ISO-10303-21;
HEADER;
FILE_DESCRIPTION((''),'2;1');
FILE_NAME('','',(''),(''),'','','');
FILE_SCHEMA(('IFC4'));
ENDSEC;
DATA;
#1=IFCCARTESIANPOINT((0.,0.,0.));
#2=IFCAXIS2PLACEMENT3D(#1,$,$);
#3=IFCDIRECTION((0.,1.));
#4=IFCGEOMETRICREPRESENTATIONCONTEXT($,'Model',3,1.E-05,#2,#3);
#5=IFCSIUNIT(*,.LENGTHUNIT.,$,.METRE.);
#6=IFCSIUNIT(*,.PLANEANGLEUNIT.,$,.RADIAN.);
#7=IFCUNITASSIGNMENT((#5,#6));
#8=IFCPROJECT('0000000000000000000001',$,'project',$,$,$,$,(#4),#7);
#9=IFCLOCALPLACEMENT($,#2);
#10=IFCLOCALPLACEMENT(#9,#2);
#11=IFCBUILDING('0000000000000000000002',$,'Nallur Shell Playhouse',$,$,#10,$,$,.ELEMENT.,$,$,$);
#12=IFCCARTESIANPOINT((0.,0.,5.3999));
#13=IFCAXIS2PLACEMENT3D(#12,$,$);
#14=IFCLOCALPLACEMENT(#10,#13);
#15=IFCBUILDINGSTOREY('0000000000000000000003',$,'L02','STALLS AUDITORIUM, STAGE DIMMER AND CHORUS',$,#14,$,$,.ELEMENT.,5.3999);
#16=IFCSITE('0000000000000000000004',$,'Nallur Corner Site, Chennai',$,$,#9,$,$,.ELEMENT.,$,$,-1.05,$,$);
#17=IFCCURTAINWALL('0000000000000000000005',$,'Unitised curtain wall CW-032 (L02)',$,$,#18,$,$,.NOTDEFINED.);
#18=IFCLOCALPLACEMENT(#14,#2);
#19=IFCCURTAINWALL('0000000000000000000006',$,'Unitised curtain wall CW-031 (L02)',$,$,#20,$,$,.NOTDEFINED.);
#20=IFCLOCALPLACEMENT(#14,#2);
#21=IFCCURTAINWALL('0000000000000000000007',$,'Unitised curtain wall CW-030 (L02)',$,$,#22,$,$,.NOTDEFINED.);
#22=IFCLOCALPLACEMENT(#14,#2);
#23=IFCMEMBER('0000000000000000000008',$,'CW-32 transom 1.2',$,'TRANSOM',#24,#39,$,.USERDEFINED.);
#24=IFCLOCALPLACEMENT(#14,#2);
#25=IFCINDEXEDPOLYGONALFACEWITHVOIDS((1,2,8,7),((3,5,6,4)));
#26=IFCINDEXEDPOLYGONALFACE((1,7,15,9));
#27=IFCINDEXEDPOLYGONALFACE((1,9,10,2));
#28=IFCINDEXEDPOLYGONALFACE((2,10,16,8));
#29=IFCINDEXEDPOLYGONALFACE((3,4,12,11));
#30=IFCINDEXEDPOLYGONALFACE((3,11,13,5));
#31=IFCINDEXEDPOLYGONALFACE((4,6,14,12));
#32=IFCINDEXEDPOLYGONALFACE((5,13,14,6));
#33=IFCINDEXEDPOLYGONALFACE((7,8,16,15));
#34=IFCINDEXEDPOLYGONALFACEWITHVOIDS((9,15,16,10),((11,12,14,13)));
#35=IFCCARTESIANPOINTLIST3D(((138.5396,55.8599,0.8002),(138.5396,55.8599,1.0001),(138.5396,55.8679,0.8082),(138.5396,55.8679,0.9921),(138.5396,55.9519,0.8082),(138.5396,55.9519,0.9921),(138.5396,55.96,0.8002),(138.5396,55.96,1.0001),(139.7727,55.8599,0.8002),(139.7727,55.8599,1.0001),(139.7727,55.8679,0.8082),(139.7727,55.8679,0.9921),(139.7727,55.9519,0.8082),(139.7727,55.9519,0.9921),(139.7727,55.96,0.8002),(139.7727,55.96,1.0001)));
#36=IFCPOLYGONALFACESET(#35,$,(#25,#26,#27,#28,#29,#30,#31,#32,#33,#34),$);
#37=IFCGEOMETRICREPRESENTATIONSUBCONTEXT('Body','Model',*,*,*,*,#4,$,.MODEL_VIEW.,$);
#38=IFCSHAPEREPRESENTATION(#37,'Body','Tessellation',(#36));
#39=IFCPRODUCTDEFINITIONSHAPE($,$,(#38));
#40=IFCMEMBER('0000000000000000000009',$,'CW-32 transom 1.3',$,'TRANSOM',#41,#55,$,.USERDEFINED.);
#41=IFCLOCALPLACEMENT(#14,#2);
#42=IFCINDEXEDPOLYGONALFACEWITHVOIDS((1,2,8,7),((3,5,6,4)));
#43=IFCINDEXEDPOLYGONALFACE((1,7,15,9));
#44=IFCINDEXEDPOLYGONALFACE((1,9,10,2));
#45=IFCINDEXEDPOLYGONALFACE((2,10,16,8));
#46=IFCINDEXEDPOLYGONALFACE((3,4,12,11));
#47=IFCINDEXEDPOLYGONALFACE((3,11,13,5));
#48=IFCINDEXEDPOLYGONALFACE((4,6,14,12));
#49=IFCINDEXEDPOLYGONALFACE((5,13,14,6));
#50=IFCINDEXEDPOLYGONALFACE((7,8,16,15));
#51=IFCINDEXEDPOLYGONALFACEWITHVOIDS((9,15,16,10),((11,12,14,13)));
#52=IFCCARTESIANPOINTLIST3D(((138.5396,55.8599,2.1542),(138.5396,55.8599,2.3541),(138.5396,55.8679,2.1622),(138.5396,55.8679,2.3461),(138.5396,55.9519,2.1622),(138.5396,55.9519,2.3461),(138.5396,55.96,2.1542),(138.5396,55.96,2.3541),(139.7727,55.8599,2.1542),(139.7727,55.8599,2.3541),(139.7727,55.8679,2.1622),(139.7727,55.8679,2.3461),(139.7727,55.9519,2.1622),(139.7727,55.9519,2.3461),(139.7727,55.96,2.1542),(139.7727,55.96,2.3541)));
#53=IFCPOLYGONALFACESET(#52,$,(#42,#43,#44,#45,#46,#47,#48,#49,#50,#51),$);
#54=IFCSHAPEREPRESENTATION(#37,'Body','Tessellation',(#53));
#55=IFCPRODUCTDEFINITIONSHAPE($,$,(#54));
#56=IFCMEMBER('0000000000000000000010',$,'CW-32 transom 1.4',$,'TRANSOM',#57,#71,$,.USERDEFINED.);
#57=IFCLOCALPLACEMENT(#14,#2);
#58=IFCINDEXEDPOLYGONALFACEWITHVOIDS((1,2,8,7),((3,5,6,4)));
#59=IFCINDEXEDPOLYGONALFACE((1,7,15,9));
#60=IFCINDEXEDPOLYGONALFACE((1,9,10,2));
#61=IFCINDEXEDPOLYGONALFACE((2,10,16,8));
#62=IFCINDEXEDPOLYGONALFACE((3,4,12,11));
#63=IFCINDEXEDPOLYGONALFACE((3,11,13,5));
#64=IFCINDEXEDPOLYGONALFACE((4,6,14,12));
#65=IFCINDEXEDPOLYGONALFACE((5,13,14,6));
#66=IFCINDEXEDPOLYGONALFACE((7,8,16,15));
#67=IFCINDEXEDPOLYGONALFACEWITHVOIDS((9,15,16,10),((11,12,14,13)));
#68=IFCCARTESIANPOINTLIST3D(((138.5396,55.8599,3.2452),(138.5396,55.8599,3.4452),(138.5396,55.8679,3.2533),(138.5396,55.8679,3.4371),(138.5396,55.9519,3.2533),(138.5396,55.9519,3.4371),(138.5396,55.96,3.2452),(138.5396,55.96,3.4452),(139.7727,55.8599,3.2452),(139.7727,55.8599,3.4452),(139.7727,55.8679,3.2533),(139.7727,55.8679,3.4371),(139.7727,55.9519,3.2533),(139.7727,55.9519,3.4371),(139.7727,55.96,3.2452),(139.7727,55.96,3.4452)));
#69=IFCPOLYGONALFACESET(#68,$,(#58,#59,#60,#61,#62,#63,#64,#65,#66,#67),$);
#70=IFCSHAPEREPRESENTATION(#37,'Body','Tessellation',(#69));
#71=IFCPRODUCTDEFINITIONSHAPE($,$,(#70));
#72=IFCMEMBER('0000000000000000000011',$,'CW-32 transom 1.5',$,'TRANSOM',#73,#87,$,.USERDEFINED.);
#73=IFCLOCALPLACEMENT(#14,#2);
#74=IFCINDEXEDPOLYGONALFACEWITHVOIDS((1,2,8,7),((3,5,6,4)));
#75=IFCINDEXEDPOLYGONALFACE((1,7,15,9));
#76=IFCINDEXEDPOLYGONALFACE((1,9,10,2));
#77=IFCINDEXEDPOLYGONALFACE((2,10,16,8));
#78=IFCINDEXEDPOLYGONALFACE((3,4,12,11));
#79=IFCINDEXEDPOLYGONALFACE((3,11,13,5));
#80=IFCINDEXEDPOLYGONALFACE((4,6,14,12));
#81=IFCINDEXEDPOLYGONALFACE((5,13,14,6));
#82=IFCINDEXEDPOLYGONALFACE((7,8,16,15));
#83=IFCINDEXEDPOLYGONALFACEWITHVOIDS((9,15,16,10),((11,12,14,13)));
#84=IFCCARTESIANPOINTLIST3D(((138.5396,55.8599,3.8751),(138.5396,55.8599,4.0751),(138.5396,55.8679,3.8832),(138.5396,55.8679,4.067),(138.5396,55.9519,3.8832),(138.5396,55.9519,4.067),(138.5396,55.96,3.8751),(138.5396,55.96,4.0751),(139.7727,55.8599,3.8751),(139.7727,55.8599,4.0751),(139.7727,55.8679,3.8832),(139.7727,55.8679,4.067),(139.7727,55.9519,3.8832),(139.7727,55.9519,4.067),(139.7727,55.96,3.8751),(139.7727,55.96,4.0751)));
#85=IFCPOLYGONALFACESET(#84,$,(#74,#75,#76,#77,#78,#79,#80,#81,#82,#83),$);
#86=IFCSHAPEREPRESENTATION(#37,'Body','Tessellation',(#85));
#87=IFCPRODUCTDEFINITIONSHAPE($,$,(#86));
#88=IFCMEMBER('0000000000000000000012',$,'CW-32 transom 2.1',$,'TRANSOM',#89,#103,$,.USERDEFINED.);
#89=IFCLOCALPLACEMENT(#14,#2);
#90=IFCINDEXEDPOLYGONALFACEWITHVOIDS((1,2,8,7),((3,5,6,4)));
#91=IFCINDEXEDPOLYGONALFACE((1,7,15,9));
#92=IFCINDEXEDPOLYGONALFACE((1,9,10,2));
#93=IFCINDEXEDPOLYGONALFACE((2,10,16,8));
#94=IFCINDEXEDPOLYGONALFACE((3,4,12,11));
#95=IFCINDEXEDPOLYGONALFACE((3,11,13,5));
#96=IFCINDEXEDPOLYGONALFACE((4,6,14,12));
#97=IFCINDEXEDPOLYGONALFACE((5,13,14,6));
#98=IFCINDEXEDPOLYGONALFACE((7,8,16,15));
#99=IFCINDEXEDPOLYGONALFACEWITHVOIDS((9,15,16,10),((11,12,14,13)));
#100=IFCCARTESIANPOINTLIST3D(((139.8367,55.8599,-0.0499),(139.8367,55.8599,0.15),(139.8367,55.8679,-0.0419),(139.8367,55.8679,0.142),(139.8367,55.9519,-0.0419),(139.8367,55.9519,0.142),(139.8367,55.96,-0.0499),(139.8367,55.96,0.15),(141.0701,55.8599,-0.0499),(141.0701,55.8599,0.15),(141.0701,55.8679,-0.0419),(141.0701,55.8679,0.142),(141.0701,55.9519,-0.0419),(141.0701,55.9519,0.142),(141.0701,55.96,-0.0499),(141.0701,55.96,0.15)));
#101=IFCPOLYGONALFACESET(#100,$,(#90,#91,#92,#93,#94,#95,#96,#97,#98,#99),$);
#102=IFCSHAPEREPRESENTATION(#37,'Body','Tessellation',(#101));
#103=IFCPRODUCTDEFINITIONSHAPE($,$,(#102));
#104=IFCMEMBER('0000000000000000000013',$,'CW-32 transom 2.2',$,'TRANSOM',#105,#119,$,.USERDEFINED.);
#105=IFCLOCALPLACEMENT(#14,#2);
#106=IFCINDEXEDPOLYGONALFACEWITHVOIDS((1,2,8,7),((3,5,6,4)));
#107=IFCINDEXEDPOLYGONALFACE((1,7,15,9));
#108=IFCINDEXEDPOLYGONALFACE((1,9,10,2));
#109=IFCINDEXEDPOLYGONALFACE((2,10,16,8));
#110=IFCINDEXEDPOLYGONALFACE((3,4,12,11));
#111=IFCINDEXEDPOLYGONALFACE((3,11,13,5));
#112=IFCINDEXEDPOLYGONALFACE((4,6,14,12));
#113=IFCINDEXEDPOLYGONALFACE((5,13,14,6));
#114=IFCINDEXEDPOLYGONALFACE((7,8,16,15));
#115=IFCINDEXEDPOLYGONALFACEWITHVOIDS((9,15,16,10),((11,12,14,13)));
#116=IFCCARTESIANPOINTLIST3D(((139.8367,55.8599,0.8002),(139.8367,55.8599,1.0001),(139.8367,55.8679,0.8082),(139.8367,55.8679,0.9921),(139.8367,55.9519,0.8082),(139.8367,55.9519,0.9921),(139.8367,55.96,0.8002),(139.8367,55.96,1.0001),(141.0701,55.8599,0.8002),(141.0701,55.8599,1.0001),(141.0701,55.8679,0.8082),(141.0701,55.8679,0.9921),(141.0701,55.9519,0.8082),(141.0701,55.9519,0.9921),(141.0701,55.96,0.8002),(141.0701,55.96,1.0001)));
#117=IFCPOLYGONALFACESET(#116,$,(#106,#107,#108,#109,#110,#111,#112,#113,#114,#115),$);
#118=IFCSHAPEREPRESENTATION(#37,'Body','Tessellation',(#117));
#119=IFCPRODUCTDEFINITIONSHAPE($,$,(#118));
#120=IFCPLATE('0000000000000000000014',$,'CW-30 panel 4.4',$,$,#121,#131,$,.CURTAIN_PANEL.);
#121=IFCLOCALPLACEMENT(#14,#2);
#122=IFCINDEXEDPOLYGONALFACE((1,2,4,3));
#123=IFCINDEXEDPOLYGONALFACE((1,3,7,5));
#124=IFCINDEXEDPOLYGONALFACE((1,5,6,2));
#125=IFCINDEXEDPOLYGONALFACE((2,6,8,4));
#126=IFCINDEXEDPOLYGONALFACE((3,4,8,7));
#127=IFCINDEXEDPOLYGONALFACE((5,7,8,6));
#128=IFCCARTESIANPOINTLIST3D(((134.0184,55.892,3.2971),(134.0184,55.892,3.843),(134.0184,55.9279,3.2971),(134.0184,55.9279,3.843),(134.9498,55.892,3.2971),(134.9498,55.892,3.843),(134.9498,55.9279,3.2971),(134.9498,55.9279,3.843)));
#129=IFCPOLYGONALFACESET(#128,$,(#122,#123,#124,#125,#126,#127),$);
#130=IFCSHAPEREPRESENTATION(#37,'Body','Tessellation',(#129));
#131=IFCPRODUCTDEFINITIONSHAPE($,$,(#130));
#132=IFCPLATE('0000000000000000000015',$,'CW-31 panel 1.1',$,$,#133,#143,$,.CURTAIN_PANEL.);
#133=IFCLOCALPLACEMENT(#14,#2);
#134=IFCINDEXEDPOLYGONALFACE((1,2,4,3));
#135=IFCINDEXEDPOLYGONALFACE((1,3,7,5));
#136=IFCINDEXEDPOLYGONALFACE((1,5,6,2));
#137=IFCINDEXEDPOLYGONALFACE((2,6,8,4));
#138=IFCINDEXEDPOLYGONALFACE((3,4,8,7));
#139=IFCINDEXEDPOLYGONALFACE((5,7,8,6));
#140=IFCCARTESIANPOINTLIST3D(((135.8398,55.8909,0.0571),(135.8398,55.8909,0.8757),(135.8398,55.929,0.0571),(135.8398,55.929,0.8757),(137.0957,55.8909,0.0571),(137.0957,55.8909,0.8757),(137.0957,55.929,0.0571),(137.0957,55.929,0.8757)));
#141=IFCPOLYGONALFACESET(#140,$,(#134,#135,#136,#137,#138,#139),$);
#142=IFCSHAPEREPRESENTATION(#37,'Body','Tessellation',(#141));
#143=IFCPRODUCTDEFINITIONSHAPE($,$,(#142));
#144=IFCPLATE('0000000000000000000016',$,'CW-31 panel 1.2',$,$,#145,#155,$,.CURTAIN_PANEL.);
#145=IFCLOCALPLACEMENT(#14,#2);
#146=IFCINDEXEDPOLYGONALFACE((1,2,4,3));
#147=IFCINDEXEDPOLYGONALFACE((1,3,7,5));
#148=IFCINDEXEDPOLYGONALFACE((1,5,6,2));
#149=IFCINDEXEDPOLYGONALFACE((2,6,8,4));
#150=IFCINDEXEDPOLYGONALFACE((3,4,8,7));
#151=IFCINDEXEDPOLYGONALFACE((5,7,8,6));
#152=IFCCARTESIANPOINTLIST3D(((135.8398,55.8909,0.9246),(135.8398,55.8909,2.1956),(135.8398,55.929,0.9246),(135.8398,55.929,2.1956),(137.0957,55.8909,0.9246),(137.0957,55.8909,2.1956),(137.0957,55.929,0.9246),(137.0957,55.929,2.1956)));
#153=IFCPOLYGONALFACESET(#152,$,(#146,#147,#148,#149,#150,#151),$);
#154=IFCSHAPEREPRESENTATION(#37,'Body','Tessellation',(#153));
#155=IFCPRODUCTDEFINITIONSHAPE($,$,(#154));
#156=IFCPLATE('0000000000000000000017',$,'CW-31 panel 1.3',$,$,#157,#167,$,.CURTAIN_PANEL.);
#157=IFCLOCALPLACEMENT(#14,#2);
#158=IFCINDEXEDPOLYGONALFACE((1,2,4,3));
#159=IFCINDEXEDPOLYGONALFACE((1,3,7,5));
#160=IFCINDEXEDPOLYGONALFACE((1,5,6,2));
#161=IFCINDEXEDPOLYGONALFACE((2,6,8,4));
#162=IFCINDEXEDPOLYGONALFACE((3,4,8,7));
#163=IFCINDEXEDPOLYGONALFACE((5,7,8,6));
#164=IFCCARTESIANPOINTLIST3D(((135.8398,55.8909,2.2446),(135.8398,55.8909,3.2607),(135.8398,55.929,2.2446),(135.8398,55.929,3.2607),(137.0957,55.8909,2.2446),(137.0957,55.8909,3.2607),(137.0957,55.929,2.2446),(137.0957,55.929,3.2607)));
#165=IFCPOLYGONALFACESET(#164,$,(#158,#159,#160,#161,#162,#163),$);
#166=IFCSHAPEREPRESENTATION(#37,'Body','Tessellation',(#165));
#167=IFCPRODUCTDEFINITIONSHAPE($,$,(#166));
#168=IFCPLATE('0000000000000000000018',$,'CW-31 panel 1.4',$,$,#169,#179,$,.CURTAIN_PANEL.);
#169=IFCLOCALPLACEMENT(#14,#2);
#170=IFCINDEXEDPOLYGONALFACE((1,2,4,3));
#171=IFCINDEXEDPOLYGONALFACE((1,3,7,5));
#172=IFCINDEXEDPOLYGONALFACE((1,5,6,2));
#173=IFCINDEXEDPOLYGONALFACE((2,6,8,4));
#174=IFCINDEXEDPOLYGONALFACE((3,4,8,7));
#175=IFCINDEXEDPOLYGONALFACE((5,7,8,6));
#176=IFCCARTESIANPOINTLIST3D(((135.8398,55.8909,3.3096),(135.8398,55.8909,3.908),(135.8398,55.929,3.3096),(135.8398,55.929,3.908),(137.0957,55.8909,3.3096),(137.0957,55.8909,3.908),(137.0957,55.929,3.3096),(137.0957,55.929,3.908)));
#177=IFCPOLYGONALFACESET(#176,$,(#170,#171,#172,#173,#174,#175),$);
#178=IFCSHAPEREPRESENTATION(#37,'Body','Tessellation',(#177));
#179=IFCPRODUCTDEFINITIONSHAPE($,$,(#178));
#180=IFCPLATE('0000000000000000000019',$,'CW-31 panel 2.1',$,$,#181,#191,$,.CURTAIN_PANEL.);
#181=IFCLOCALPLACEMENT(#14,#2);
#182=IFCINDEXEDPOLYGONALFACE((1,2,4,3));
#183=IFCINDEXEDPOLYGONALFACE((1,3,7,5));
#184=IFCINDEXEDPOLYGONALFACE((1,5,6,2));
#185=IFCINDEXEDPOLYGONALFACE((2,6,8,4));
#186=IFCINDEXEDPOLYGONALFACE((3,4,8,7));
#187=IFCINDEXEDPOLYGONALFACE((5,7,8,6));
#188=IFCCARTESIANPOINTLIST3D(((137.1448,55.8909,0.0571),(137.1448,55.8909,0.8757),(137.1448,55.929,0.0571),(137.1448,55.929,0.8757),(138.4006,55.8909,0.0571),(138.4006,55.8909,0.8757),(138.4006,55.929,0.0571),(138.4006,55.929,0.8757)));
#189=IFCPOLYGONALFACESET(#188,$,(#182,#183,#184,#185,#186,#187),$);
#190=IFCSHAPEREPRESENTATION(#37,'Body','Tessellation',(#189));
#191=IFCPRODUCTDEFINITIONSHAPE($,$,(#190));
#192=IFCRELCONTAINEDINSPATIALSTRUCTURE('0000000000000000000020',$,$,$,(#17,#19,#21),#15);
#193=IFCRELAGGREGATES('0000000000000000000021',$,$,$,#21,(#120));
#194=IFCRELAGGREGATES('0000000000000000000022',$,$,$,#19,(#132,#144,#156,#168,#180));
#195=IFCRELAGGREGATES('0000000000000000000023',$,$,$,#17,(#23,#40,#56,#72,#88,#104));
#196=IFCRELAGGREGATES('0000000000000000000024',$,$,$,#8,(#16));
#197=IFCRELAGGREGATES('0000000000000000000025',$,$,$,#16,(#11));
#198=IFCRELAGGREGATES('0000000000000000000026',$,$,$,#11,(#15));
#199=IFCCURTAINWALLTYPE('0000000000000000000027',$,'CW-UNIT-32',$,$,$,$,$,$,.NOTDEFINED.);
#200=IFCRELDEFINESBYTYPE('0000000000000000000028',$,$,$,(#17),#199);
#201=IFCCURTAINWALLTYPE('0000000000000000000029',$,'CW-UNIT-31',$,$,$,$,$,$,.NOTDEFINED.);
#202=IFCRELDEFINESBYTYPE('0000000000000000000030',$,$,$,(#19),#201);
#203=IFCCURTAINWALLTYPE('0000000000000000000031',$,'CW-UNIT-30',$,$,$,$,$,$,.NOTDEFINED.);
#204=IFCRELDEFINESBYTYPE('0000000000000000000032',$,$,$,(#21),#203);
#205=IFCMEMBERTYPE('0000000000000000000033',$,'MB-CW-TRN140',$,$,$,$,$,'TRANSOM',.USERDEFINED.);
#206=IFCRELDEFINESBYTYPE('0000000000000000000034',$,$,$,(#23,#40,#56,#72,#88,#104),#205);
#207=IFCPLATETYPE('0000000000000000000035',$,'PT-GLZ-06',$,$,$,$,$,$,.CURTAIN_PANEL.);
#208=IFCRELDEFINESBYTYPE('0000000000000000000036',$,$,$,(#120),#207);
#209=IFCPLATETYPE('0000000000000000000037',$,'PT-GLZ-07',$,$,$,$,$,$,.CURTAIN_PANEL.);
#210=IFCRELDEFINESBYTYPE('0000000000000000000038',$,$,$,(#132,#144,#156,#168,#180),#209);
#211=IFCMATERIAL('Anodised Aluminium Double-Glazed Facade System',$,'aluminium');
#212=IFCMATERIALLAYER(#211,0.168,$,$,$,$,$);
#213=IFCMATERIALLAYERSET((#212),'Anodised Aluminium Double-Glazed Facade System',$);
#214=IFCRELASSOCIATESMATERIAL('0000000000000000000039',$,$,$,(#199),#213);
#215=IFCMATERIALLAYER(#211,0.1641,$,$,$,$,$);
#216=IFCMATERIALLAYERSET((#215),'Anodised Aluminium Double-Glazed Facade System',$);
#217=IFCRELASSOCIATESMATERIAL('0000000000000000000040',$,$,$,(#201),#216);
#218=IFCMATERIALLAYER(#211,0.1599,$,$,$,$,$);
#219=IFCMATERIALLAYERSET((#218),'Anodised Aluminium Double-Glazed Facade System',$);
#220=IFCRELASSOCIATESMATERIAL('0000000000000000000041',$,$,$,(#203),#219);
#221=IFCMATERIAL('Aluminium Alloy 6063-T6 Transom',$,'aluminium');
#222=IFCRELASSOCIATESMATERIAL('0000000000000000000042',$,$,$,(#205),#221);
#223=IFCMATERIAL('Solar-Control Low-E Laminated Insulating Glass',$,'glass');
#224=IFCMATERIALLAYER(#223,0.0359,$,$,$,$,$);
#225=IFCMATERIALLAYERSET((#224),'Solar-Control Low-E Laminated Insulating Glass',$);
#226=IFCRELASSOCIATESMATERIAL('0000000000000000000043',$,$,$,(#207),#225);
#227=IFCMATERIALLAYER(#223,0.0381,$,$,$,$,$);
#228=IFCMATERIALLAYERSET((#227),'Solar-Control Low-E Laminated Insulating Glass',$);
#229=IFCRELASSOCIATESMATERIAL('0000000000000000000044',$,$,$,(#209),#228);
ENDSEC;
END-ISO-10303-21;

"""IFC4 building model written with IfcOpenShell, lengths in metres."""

from ifc_helpers import new_model, si_unit, direction, frame, origin, origin_2d, place, context, subcontext, project, spatial, rectangle, hollow_rectangle, extrude, material, layer, layer_set, material_profile, profile_set, type_object, element, aggregate, save


model = new_model("IFC4")

# Units and contexts
model_context = context("Model", 3, precision=1e-05, world=origin(), true_north=direction((0.0, 1.0)))
body_context = subcontext(model_context, "Body", "Model", "MODEL_VIEW")
ifc_project = project(units=[si_unit("LENGTHUNIT", "METRE"), si_unit("PLANEANGLEUNIT", "RADIAN")], contexts=[model_context])

# Site, building, storey
site_placement = place(None, origin())
site = spatial("IfcSite", under=ifc_project, at=site_placement, Name="Nallur Corner Site, Chennai", CompositionType="ELEMENT", RefElevation=-1.05)
building_placement = place(site_placement, origin())
building = spatial("IfcBuilding", under=site, at=building_placement, Name="Nallur Shell Playhouse", CompositionType="ELEMENT")
storey_placement = place(building_placement, frame((0.0, 0.0, 5.3999)))
storey = spatial("IfcBuildingStorey", under=building, at=storey_placement, Name="L02", Description="STALLS AUDITORIUM, STAGE DIMMER AND CHORUS", CompositionType="ELEMENT", Elevation=5.3999)

# Curtain walls
ifc_material_1 = material(Name="Anodised Aluminium Double-Glazed Facade System", Category="aluminium")
ifc_layer_1 = layer(ifc_material_1, 0.168)
ifc_layer_set_1 = layer_set([ifc_layer_1], Name="Anodised Aluminium Double-Glazed Facade System")
curtain_wall_type_1 = type_object("IfcCurtainWallType", Name="CW-UNIT-32", PredefinedType="NOTDEFINED", material=ifc_layer_set_1)
curtain_wall_1_placement = place(storey_placement, origin())
curtain_wall_1 = element("IfcCurtainWall", 1, at=curtain_wall_1_placement, inside=storey, type_object=curtain_wall_type_1, Name="Unitised curtain wall CW-032 (L02)", PredefinedType="NOTDEFINED")
ifc_layer_2 = layer(ifc_material_1, 0.1641)
ifc_layer_set_2 = layer_set([ifc_layer_2], Name="Anodised Aluminium Double-Glazed Facade System")
curtain_wall_type_2 = type_object("IfcCurtainWallType", Name="CW-UNIT-31", PredefinedType="NOTDEFINED", material=ifc_layer_set_2)
curtain_wall_2_placement = place(storey_placement, origin())
curtain_wall_2 = element("IfcCurtainWall", 2, at=curtain_wall_2_placement, inside=storey, type_object=curtain_wall_type_2, Name="Unitised curtain wall CW-031 (L02)", PredefinedType="NOTDEFINED")

# Curtain wall
ifc_layer_3 = layer(ifc_material_1, 0.1599)
ifc_layer_set_3 = layer_set([ifc_layer_3], Name="Anodised Aluminium Double-Glazed Facade System")
curtain_wall_type_3 = type_object("IfcCurtainWallType", Name="CW-UNIT-30", PredefinedType="NOTDEFINED", material=ifc_layer_set_3)
curtain_wall_3_placement = place(storey_placement, origin())
curtain_wall_3 = element("IfcCurtainWall", 3, at=curtain_wall_3_placement, inside=storey, type_object=curtain_wall_type_3, Name="Unitised curtain wall CW-030 (L02)", PredefinedType="NOTDEFINED")

# Members
ifc_material_2 = material(Name="Aluminium Alloy 6063-T6 Transom", Category="aluminium")
ifc_material_profile_1 = material_profile(ifc_material_2, hollow_rectangle(XDim=0.1001, YDim=0.2, WallThickness=0.0081, at=origin_2d()), Name="RHS 200x100x8")
ifc_profile_set_1 = profile_set([ifc_material_profile_1], Name="Aluminium Alloy 6063-T6 Transom")
member_type_1 = type_object("IfcMemberType", Name="MB-CW-TRN140", ElementType="TRANSOM", PredefinedType="USERDEFINED", material=ifc_profile_set_1)
member_1_placement = place(storey_placement, frame((138.5396, 55.9099, 0.9001), z_axis=(1.0, 0.0, 0.0), x_axis=(0.0, 1.0, 0.0)))
member_1 = element("IfcMember", 4, at=member_1_placement, type_object=member_type_1, Name="CW-32 transom 1.2", ObjectType="TRANSOM", PredefinedType="USERDEFINED", context=body_context, shape_type="SweptSolid", body=[
    extrude(hollow_rectangle(XDim=0.1001, YDim=0.2, WallThickness=0.0081, at=origin_2d()), origin(), (0.0, 0.0, 1.0), 1.2332),
])
member_2_placement = place(storey_placement, frame((138.5396, 55.9099, 2.2542), z_axis=(1.0, 0.0, 0.0), x_axis=(0.0, 1.0, 0.0)))
member_2 = element("IfcMember", 5, at=member_2_placement, type_object=member_type_1, Name="CW-32 transom 1.3", ObjectType="TRANSOM", PredefinedType="USERDEFINED", context=body_context, shape_type="SweptSolid", body=[
    extrude(hollow_rectangle(XDim=0.1001, YDim=0.2, WallThickness=0.0081, at=origin_2d()), origin(), (0.0, 0.0, 1.0), 1.2332),
])
member_3_placement = place(storey_placement, frame((138.5396, 55.9099, 3.3452), z_axis=(1.0, 0.0, 0.0), x_axis=(0.0, 1.0, 0.0)))
member_3 = element("IfcMember", 6, at=member_3_placement, type_object=member_type_1, Name="CW-32 transom 1.4", ObjectType="TRANSOM", PredefinedType="USERDEFINED", context=body_context, shape_type="SweptSolid", body=[
    extrude(hollow_rectangle(XDim=0.1001, YDim=0.2, WallThickness=0.0081, at=origin_2d()), origin(), (0.0, 0.0, 1.0), 1.2332),
])
member_4_placement = place(storey_placement, frame((138.5396, 55.9099, 3.9751), z_axis=(1.0, 0.0, 0.0), x_axis=(0.0, 1.0, 0.0)))
member_4 = element("IfcMember", 7, at=member_4_placement, type_object=member_type_1, Name="CW-32 transom 1.5", ObjectType="TRANSOM", PredefinedType="USERDEFINED", context=body_context, shape_type="SweptSolid", body=[
    extrude(hollow_rectangle(XDim=0.1001, YDim=0.2, WallThickness=0.0081, at=origin_2d()), origin(), (0.0, 0.0, 1.0), 1.2332),
])
member_5_placement = place(storey_placement, frame((139.8367, 55.9099, 0.05), z_axis=(1.0, 0.0, 0.0), x_axis=(0.0, 1.0, 0.0)))
member_5 = element("IfcMember", 8, at=member_5_placement, type_object=member_type_1, Name="CW-32 transom 2.1", ObjectType="TRANSOM", PredefinedType="USERDEFINED", context=body_context, shape_type="SweptSolid", body=[
    extrude(hollow_rectangle(XDim=0.1001, YDim=0.2, WallThickness=0.0081, at=origin_2d()), origin(), (0.0, 0.0, 1.0), 1.2334),
])
member_6_placement = place(storey_placement, frame((139.8367, 55.9099, 0.9001), z_axis=(1.0, 0.0, 0.0), x_axis=(0.0, 1.0, 0.0)))
member_6 = element("IfcMember", 9, at=member_6_placement, type_object=member_type_1, Name="CW-32 transom 2.2", ObjectType="TRANSOM", PredefinedType="USERDEFINED", context=body_context, shape_type="SweptSolid", body=[
    extrude(hollow_rectangle(XDim=0.1001, YDim=0.2, WallThickness=0.0081, at=origin_2d()), origin(), (0.0, 0.0, 1.0), 1.2334),
])

# Plates
ifc_material_3 = material(Name="Solar-Control Low-E Laminated Insulating Glass", Category="glass")
ifc_layer_4 = layer(ifc_material_3, 0.0359)
ifc_layer_set_4 = layer_set([ifc_layer_4], Name="Solar-Control Low-E Laminated Insulating Glass")
plate_type_1 = type_object("IfcPlateType", Name="PT-GLZ-06", PredefinedType="CURTAIN_PANEL", material=ifc_layer_set_4)
plate_1_placement = place(storey_placement, frame((134.4841, 55.9099, 3.2971), z_axis=(0.0, 0.0, 1.0), x_axis=(1.0, 0.0, 0.0)))
plate_1 = element("IfcPlate", 10, at=plate_1_placement, type_object=plate_type_1, Name="CW-30 panel 4.4", PredefinedType="CURTAIN_PANEL", context=body_context, shape_type="SweptSolid", body=[
    extrude(rectangle(XDim=0.9314, YDim=0.0359, at=origin_2d()), origin(), (0.0, 0.0, 1.0), 0.5459),
])
aggregate(curtain_wall_3, [plate_1])
ifc_layer_5 = layer(ifc_material_3, 0.0381)
ifc_layer_set_5 = layer_set([ifc_layer_5], Name="Solar-Control Low-E Laminated Insulating Glass")
plate_type_2 = type_object("IfcPlateType", Name="PT-GLZ-07", PredefinedType="CURTAIN_PANEL", material=ifc_layer_set_5)
plate_2_placement = place(storey_placement, frame((136.4678, 55.9099, 0.0571), z_axis=(0.0, 0.0, 1.0), x_axis=(1.0, 0.0, 0.0)))
plate_2 = element("IfcPlate", 11, at=plate_2_placement, type_object=plate_type_2, Name="CW-31 panel 1.1", PredefinedType="CURTAIN_PANEL", context=body_context, shape_type="SweptSolid", body=[
    extrude(rectangle(XDim=1.2559, YDim=0.0381, at=origin_2d()), origin(), (0.0, 0.0, 1.0), 0.8186),
])
plate_3_placement = place(storey_placement, frame((136.4678, 55.9099, 0.9246), z_axis=(0.0, 0.0, 1.0), x_axis=(1.0, 0.0, 0.0)))
plate_3 = element("IfcPlate", 12, at=plate_3_placement, type_object=plate_type_2, Name="CW-31 panel 1.2", PredefinedType="CURTAIN_PANEL", context=body_context, shape_type="SweptSolid", body=[
    extrude(rectangle(XDim=1.2559, YDim=0.0381, at=origin_2d()), origin(), (0.0, 0.0, 1.0), 1.271),
])
plate_4_placement = place(storey_placement, frame((136.4678, 55.9099, 2.2446), z_axis=(0.0, 0.0, 1.0), x_axis=(1.0, 0.0, 0.0)))
plate_4 = element("IfcPlate", 13, at=plate_4_placement, type_object=plate_type_2, Name="CW-31 panel 1.3", PredefinedType="CURTAIN_PANEL", context=body_context, shape_type="SweptSolid", body=[
    extrude(rectangle(XDim=1.2559, YDim=0.0381, at=origin_2d()), origin(), (0.0, 0.0, 1.0), 1.0161),
])
plate_5_placement = place(storey_placement, frame((136.4678, 55.9099, 3.3096), z_axis=(0.0, 0.0, 1.0), x_axis=(1.0, 0.0, 0.0)))
plate_5 = element("IfcPlate", 14, at=plate_5_placement, type_object=plate_type_2, Name="CW-31 panel 1.4", PredefinedType="CURTAIN_PANEL", context=body_context, shape_type="SweptSolid", body=[
    extrude(rectangle(XDim=1.2559, YDim=0.0381, at=origin_2d()), origin(), (0.0, 0.0, 1.0), 0.5984),
])
plate_6_placement = place(storey_placement, frame((137.7727, 55.9099, 0.0571), z_axis=(0.0, 0.0, 1.0), x_axis=(1.0, 0.0, 0.0)))
plate_6 = element("IfcPlate", 15, at=plate_6_placement, type_object=plate_type_2, Name="CW-31 panel 2.1", PredefinedType="CURTAIN_PANEL", context=body_context, shape_type="SweptSolid", body=[
    extrude(rectangle(XDim=1.2559, YDim=0.0381, at=origin_2d()), origin(), (0.0, 0.0, 1.0), 0.8186),
])
aggregate(curtain_wall_2, [plate_2, plate_3, plate_4, plate_5, plate_6])
aggregate(curtain_wall_1, [member_1, member_2, member_3, member_4, member_5, member_6])

save(model, "model.ifc")
